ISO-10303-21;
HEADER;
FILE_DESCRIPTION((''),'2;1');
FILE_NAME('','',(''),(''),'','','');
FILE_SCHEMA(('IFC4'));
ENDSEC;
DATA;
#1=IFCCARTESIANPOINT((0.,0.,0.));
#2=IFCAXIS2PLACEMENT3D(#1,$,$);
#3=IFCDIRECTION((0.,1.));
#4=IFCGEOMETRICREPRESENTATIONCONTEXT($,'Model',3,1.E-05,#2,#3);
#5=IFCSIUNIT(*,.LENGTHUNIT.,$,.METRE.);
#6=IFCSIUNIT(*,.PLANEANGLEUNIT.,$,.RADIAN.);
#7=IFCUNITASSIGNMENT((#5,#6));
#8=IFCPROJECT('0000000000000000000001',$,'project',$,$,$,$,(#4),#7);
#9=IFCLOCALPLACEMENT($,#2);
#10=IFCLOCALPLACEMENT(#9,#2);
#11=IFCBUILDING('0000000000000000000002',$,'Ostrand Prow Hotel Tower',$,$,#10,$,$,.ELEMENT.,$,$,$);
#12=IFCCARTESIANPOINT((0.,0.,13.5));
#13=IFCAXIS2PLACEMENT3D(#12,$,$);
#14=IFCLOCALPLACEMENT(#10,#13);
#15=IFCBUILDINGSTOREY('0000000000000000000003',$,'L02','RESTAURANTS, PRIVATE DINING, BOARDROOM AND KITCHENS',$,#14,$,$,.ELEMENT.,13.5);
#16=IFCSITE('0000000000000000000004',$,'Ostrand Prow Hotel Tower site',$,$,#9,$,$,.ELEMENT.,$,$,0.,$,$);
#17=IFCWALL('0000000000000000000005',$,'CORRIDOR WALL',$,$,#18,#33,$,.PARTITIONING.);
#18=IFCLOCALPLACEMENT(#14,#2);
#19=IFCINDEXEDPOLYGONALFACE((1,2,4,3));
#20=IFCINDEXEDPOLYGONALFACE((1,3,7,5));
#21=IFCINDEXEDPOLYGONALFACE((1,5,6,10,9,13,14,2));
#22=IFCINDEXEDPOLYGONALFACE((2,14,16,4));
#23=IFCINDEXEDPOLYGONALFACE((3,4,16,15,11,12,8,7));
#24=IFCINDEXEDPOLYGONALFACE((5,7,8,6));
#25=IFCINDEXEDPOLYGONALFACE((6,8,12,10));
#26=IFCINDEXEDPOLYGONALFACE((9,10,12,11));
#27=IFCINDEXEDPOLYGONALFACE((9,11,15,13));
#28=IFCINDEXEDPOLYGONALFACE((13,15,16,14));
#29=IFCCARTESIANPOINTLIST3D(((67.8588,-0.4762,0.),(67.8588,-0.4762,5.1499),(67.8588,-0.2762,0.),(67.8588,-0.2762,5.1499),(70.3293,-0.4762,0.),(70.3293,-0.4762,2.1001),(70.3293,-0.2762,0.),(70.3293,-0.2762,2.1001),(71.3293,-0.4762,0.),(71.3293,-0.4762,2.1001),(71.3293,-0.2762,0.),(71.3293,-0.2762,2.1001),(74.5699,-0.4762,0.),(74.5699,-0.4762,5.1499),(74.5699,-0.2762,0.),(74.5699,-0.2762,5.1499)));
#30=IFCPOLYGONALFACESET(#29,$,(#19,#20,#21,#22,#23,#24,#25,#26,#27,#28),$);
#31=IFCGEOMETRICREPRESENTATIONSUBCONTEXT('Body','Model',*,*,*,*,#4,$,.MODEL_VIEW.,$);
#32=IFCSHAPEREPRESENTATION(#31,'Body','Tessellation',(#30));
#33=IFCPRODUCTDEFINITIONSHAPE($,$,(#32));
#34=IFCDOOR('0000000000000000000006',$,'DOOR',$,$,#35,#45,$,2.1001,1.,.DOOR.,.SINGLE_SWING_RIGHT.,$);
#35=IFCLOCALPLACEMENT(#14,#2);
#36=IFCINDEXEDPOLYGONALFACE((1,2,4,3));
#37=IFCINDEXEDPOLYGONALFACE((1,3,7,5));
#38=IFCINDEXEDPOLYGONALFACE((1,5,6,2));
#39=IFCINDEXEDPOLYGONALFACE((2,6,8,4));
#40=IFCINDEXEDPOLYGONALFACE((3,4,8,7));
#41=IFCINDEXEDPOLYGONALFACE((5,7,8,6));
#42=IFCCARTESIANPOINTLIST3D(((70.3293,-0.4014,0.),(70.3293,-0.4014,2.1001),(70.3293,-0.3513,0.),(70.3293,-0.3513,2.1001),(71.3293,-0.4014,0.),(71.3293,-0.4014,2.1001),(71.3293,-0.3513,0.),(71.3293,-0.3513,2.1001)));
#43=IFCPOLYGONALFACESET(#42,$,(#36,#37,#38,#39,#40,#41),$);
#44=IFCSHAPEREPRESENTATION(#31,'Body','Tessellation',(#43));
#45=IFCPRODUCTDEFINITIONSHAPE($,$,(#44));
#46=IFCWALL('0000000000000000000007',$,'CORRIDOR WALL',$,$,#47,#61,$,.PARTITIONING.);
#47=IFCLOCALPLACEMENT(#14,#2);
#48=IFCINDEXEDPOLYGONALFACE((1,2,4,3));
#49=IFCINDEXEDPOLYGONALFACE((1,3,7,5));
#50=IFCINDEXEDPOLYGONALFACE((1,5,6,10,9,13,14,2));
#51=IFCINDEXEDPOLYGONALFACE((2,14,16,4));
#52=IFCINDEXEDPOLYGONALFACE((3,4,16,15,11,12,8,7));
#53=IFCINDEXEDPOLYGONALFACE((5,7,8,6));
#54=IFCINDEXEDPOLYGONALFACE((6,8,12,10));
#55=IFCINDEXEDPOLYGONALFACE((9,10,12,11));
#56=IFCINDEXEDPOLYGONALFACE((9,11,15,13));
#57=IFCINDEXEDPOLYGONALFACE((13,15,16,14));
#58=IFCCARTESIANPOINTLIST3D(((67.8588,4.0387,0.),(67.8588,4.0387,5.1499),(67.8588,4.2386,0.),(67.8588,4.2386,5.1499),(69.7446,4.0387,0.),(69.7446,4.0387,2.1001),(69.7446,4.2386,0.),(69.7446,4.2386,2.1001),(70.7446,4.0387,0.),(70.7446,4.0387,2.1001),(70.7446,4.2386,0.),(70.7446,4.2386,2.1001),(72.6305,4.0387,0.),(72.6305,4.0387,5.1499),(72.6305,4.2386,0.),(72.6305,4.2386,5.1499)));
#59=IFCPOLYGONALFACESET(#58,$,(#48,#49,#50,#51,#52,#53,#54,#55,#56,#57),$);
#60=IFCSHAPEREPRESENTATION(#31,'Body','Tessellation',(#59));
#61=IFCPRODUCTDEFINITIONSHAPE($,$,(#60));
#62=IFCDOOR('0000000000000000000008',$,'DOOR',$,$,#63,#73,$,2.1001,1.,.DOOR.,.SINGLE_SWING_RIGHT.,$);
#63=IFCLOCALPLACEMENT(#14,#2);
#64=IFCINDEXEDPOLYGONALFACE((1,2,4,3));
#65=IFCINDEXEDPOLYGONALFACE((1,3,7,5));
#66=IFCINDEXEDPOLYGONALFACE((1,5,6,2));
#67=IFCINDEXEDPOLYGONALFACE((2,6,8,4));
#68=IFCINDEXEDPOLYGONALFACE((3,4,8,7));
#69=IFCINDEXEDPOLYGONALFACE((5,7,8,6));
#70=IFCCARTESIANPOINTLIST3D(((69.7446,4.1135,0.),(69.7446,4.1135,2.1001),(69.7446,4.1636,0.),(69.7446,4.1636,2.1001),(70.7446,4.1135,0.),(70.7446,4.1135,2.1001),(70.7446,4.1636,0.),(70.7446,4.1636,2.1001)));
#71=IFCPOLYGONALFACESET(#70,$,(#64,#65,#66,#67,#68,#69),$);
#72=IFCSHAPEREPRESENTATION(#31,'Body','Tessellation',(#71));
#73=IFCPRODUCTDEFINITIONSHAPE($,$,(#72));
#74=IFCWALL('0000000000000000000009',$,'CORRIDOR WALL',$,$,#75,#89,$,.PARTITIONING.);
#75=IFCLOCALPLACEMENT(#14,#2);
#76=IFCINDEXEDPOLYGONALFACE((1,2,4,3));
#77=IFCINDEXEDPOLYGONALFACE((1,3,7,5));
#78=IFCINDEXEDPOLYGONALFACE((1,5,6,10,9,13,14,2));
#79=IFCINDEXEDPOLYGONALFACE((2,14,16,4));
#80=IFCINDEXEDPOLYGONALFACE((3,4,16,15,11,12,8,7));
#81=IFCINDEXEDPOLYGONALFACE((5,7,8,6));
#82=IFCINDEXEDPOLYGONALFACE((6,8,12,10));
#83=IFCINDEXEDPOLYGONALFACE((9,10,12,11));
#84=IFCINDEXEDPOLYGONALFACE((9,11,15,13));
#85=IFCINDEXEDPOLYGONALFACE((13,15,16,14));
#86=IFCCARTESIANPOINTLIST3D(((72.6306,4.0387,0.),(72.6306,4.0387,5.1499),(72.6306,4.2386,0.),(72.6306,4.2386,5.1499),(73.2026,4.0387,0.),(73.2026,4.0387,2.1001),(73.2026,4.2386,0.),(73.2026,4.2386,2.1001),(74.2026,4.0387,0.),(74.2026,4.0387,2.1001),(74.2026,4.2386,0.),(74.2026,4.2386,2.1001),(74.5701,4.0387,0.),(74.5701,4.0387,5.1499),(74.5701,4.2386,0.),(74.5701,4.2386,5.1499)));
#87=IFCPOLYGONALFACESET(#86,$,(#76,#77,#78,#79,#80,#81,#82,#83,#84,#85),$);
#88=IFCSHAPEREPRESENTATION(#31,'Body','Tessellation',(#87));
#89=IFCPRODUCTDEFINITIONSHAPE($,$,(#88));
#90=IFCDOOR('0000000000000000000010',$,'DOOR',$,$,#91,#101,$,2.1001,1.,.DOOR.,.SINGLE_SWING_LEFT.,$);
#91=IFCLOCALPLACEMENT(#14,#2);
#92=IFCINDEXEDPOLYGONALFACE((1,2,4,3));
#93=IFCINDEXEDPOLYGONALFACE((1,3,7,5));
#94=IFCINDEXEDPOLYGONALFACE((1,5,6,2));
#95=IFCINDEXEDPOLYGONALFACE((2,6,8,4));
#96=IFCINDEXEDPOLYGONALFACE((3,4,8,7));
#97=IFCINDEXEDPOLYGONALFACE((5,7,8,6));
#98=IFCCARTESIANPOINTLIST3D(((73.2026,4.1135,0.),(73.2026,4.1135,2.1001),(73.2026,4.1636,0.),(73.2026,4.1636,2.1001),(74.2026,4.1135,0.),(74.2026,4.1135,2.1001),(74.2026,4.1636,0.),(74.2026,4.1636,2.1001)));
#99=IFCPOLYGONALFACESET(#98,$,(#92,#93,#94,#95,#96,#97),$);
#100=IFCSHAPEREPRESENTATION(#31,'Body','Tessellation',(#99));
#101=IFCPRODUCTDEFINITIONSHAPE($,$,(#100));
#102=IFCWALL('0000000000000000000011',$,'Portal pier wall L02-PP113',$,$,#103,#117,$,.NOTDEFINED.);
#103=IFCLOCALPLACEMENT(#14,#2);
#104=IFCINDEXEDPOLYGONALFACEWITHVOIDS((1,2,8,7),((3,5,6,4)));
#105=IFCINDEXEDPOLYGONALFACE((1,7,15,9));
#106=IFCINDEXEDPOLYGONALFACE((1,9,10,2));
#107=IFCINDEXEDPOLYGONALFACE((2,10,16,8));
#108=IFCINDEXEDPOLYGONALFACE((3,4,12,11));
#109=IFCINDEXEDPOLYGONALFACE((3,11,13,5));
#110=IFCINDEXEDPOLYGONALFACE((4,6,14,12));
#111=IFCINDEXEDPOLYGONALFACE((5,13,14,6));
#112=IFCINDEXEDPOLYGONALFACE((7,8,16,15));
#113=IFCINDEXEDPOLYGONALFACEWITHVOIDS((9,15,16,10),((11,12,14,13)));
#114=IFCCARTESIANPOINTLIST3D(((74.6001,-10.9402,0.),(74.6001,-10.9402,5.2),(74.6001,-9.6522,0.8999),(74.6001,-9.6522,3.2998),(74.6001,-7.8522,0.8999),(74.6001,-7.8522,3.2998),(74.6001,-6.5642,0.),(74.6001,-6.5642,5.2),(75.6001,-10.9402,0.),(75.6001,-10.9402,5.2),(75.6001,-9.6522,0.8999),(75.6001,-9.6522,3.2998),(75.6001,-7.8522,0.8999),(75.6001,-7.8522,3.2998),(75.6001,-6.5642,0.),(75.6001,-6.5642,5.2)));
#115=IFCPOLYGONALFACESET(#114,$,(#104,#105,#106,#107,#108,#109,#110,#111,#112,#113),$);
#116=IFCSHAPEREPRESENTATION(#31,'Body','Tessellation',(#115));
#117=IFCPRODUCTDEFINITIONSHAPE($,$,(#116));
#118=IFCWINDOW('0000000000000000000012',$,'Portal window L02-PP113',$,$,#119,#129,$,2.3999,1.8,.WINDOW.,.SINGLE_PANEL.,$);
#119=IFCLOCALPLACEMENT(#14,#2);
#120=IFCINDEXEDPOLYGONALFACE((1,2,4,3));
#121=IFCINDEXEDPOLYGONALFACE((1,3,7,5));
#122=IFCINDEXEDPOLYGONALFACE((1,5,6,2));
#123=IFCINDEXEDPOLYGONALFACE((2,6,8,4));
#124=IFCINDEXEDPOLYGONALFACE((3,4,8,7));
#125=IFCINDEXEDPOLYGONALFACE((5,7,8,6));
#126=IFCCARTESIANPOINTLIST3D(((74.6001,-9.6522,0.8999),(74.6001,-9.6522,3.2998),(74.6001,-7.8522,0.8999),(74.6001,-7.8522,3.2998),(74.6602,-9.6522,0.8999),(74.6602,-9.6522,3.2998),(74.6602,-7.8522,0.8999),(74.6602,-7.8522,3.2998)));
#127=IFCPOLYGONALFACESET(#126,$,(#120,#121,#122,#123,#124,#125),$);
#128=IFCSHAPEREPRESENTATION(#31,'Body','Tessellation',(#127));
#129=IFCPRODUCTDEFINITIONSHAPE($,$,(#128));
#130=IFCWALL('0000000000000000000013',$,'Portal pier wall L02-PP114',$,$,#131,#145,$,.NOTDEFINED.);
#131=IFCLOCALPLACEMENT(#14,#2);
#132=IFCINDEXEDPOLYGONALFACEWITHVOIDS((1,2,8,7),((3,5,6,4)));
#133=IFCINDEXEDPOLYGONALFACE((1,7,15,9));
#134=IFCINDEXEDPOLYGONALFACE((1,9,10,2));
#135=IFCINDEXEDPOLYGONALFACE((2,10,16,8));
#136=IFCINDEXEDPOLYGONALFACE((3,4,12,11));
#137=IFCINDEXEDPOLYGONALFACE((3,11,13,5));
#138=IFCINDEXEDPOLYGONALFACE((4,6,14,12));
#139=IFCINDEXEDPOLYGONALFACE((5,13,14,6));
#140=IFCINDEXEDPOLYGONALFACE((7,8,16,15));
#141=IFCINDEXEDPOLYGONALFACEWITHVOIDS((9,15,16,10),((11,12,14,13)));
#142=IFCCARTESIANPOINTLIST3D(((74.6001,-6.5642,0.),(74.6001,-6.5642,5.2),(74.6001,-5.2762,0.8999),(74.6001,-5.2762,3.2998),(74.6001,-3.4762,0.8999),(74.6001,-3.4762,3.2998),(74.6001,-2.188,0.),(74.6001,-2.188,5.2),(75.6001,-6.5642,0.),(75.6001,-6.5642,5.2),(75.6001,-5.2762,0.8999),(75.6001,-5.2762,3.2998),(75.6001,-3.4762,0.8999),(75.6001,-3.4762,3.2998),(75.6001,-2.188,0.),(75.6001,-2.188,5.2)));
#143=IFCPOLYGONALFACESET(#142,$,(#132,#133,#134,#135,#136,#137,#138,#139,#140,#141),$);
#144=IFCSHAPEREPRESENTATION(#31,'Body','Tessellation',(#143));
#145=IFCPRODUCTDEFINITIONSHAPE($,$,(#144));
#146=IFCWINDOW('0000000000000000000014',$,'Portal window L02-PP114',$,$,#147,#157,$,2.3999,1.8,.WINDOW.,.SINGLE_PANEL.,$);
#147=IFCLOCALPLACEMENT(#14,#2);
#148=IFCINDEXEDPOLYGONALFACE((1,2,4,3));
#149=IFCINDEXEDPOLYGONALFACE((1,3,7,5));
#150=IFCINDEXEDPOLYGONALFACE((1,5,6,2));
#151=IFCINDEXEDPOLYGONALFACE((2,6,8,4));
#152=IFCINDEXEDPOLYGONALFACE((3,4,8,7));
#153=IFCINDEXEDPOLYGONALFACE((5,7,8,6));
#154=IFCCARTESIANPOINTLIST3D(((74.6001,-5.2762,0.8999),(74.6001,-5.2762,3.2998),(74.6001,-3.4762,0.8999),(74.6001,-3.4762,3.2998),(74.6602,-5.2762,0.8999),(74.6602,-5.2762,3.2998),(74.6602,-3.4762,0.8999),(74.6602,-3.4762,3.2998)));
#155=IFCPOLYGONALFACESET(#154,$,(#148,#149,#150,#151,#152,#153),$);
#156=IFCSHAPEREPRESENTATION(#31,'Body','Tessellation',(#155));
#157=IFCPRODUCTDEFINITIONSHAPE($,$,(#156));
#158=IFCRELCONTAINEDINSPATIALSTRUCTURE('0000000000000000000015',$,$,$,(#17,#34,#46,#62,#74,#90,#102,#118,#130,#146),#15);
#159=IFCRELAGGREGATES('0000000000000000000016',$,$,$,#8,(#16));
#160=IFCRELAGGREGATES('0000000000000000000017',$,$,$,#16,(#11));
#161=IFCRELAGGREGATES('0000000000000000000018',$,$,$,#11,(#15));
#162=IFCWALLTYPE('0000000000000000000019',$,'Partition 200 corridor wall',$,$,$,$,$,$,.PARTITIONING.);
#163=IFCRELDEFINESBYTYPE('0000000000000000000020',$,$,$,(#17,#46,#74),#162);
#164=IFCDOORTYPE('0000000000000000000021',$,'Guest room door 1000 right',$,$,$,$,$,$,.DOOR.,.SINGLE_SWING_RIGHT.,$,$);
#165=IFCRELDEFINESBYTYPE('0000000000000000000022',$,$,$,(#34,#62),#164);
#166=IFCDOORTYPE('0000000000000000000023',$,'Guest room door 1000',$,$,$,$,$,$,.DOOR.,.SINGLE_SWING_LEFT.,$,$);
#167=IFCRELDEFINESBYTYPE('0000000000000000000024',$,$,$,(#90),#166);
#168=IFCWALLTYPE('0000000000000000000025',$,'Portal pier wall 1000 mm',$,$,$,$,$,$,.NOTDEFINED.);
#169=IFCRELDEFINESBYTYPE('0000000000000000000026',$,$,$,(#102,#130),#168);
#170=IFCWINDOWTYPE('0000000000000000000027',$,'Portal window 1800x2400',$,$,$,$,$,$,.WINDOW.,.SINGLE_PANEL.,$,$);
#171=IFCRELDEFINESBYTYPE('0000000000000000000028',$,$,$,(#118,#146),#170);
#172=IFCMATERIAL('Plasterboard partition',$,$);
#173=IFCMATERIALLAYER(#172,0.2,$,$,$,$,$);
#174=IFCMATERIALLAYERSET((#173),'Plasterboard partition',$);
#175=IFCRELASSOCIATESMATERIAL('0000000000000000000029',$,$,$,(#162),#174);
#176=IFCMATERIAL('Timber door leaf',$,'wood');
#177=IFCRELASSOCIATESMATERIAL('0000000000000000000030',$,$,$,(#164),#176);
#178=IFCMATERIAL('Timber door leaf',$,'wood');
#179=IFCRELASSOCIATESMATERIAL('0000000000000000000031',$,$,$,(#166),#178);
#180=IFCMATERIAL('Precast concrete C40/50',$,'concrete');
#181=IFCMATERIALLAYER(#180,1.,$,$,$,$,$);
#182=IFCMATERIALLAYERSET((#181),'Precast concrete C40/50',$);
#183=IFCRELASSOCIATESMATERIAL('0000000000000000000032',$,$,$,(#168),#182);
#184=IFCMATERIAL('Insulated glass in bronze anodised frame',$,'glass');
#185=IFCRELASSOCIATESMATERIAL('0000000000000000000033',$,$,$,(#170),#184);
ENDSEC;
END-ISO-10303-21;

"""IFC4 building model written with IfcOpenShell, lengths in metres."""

from ifc_helpers import new_model, si_unit, direction, frame, frame_2d, origin, place, context, subcontext, project, spatial, polyline, rectangle, outline, extrude, material, layer, layer_set, type_object, element, fill, save


model = new_model("IFC4")

# Units and contexts
model_context = context("Model", 3, precision=1e-05, world=origin(), true_north=direction((0.0, 1.0)))
body_context = subcontext(model_context, "Body", "Model", "MODEL_VIEW")
ifc_project = project(units=[si_unit("LENGTHUNIT", "METRE"), si_unit("PLANEANGLEUNIT", "RADIAN")], contexts=[model_context])

# Site, building, storey
site_placement = place(None, origin())
site = spatial("IfcSite", under=ifc_project, at=site_placement, Name="Ostrand Prow Hotel Tower site", CompositionType="ELEMENT", RefElevation=0.0)
building_placement = place(site_placement, origin())
building = spatial("IfcBuilding", under=site, at=building_placement, Name="Ostrand Prow Hotel Tower", CompositionType="ELEMENT")
storey_placement = place(building_placement, frame((0.0, 0.0, 13.5)))
storey = spatial("IfcBuildingStorey", under=building, at=storey_placement, Name="L02", Description="RESTAURANTS, PRIVATE DINING, BOARDROOM AND KITCHENS", CompositionType="ELEMENT", Elevation=13.5)

# Walls, openings, doors
ifc_material_1 = material(Name="Plasterboard partition")
ifc_layer_1 = layer(ifc_material_1, 0.2)
ifc_layer_set_1 = layer_set([ifc_layer_1], Name="Plasterboard partition")
wall_type_1 = type_object("IfcWallType", Name="Partition 200 corridor wall", PredefinedType="PARTITIONING", material=ifc_layer_set_1)
wall_1_placement = place(storey_placement, frame((67.8589, -0.3762, 0.0), z_axis=(0.0, 0.0, 1.0), x_axis=(1.0, 0.0, 0.0)))
wall_1 = element("IfcWall", 1, at=wall_1_placement, inside=storey, type_object=wall_type_1, Name="CORRIDOR WALL", PredefinedType="PARTITIONING", context=body_context, shape_type="SweptSolid", body=[
    extrude(rectangle(XDim=6.7112, YDim=0.2, at=frame_2d((3.3555, 0.0))), origin(), (0.0, 0.0, 1.0), 5.1499),
])
opening_1_placement = place(wall_1_placement, frame((2.4705, 0.0, 0.0)))
opening_1 = element("IfcOpeningElement", 2, at=opening_1_placement, cuts=wall_1, PredefinedType="OPENING", context=body_context, shape_type="SweptSolid", body=[
    extrude(rectangle(XDim=1.0, YDim=2.1001, at=frame_2d((0.5, 1.05))), frame((0.0, 0.1099, 0.0), z_axis=(0.0, -1.0, 0.0), x_axis=(1.0, 0.0, 0.0)), (0.0, 0.0, 1.0), 0.22),
])
ifc_material_2 = material(Name="Timber door leaf", Category="wood")
door_type_1 = type_object("IfcDoorType", Name="Guest room door 1000 right", OperationType="SINGLE_SWING_RIGHT", PredefinedType="DOOR", material=ifc_material_2)
door_1_placement = place(opening_1_placement, origin())
door_1 = element("IfcDoor", 3, at=door_1_placement, inside=storey, type_object=door_type_1, Name="DOOR", OperationType="SINGLE_SWING_RIGHT", OverallHeight=2.1001, OverallWidth=1.0, PredefinedType="DOOR", context=body_context, shape_type="SweptSolid", body=[
    extrude(rectangle(XDim=1.0, YDim=2.1001, at=frame_2d((0.5, 1.05))), frame((0.0, 0.0249, 0.0), z_axis=(0.0, -1.0, 0.0), x_axis=(1.0, 0.0, 0.0)), (0.0, 0.0, 1.0), 0.05),
])
fill(opening_1, door_1)
wall_2_placement = place(storey_placement, frame((67.8589, 4.1387, 0.0), z_axis=(0.0, 0.0, 1.0), x_axis=(1.0, 0.0, 0.0)))
wall_2 = element("IfcWall", 4, at=wall_2_placement, inside=storey, type_object=wall_type_1, Name="CORRIDOR WALL", PredefinedType="PARTITIONING", context=body_context, shape_type="SweptSolid", body=[
    extrude(rectangle(XDim=4.7717, YDim=0.2, at=frame_2d((2.3857, 0.0))), origin(), (0.0, 0.0, 1.0), 5.1499),
])
opening_2_placement = place(wall_2_placement, frame((1.8857, 0.0, 0.0)))
opening_2 = element("IfcOpeningElement", 5, at=opening_2_placement, cuts=wall_2, PredefinedType="OPENING", context=body_context, shape_type="SweptSolid", body=[
    extrude(rectangle(XDim=1.0, YDim=2.1001, at=frame_2d((0.5, 1.05))), frame((0.0, 0.1099, 0.0), z_axis=(0.0, -1.0, 0.0), x_axis=(1.0, 0.0, 0.0)), (0.0, 0.0, 1.0), 0.22),
])
door_2_placement = place(opening_2_placement, origin())
door_2 = element("IfcDoor", 6, at=door_2_placement, inside=storey, type_object=door_type_1, Name="DOOR", OperationType="SINGLE_SWING_RIGHT", OverallHeight=2.1001, OverallWidth=1.0, PredefinedType="DOOR", context=body_context, shape_type="SweptSolid", body=[
    extrude(rectangle(XDim=1.0, YDim=2.1001, at=frame_2d((0.5, 1.05))), frame((0.0, 0.0249, 0.0), z_axis=(0.0, -1.0, 0.0), x_axis=(1.0, 0.0, 0.0)), (0.0, 0.0, 1.0), 0.05),
])
fill(opening_2, door_2)
wall_3_placement = place(storey_placement, frame((72.6306, 4.1387, 0.0), z_axis=(0.0, 0.0, 1.0), x_axis=(1.0, 0.0, 0.0)))
wall_3 = element("IfcWall", 7, at=wall_3_placement, inside=storey, type_object=wall_type_1, Name="CORRIDOR WALL", PredefinedType="PARTITIONING", context=body_context, shape_type="SweptSolid", body=[
    extrude(rectangle(XDim=1.9395, YDim=0.2, at=frame_2d((0.9697, 0.0))), origin(), (0.0, 0.0, 1.0), 5.1499),
])
opening_3_placement = place(wall_3_placement, frame((0.572, 0.0, 0.0)))
opening_3 = element("IfcOpeningElement", 8, at=opening_3_placement, cuts=wall_3, PredefinedType="OPENING", context=body_context, shape_type="SweptSolid", body=[
    extrude(rectangle(XDim=1.0, YDim=2.1001, at=frame_2d((0.5, 1.05))), frame((0.0, 0.1099, 0.0), z_axis=(0.0, -1.0, 0.0), x_axis=(1.0, 0.0, 0.0)), (0.0, 0.0, 1.0), 0.22),
])
ifc_material_3 = material(Name="Timber door leaf", Category="wood")
door_type_2 = type_object("IfcDoorType", Name="Guest room door 1000", OperationType="SINGLE_SWING_LEFT", PredefinedType="DOOR", material=ifc_material_3)
door_3_placement = place(opening_3_placement, origin())
door_3 = element("IfcDoor", 9, at=door_3_placement, inside=storey, type_object=door_type_2, Name="DOOR", OperationType="SINGLE_SWING_LEFT", OverallHeight=2.1001, OverallWidth=1.0, PredefinedType="DOOR", context=body_context, shape_type="SweptSolid", body=[
    extrude(rectangle(XDim=1.0, YDim=2.1001, at=frame_2d((0.5, 1.05))), frame((0.0, 0.0249, 0.0), z_axis=(0.0, -1.0, 0.0), x_axis=(1.0, 0.0, 0.0)), (0.0, 0.0, 1.0), 0.05),
])
fill(opening_3, door_3)

# Walls, openings, windows
ifc_material_4 = material(Name="Precast concrete C40/50", Category="concrete")
ifc_layer_2 = layer(ifc_material_4, 1.0)
ifc_layer_set_2 = layer_set([ifc_layer_2], Name="Precast concrete C40/50")
wall_type_2 = type_object("IfcWallType", Name="Portal pier wall 1000 mm", PredefinedType="NOTDEFINED", material=ifc_layer_set_2)
wall_4_placement = place(storey_placement, frame((75.1001, -10.9402, 0.0), z_axis=(0.0, 0.0, 1.0), x_axis=(0.0, 1.0, 0.0)))
wall_4 = element("IfcWall", 10, at=wall_4_placement, inside=storey, type_object=wall_type_2, Name="Portal pier wall L02-PP113", PredefinedType="NOTDEFINED", context=body_context, shape_type="SweptSolid", body=[
    extrude(outline(polyline([(0.0, -0.5), (4.376, -0.5), (4.376, 0.5), (0.0, 0.5), (0.0, -0.5)])), origin(), (0.0, 0.0, 1.0), 5.2),
])
opening_4_placement = place(wall_4_placement, frame((1.2881, 0.0, 0.8999)))
opening_4 = element("IfcOpeningElement", 11, at=opening_4_placement, cuts=wall_4, PredefinedType="OPENING", context=body_context, shape_type="SweptSolid", body=[
    extrude(rectangle(XDim=1.8, YDim=2.3999, at=frame_2d((0.8999, 1.2))), frame((0.0, 0.51, 0.0), z_axis=(0.0, -1.0, 0.0), x_axis=(1.0, 0.0, 0.0)), (0.0, 0.0, 1.0), 1.02),
])
ifc_material_5 = material(Name="Insulated glass in bronze anodised frame", Category="glass")
window_type = type_object("IfcWindowType", Name="Portal window 1800x2400", PartitioningType="SINGLE_PANEL", PredefinedType="WINDOW", material=ifc_material_5)
window_1_placement = place(opening_4_placement, origin())
window_1 = element("IfcWindow", 12, at=window_1_placement, inside=storey, type_object=window_type, Name="Portal window L02-PP113", OverallHeight=2.3999, OverallWidth=1.8, PartitioningType="SINGLE_PANEL", PredefinedType="WINDOW", context=body_context, shape_type="SweptSolid", body=[
    extrude(rectangle(XDim=1.8, YDim=2.3999, at=frame_2d((0.8999, 1.2))), frame((0.0, 0.5, 0.0), z_axis=(0.0, -1.0, 0.0), x_axis=(1.0, 0.0, 0.0)), (0.0, 0.0, 1.0), 0.0601),
])
fill(opening_4, window_1)
wall_5_placement = place(storey_placement, frame((75.1001, -6.5642, 0.0), z_axis=(0.0, 0.0, 1.0), x_axis=(0.0, 1.0, 0.0)))
wall_5 = element("IfcWall", 13, at=wall_5_placement, inside=storey, type_object=wall_type_2, Name="Portal pier wall L02-PP114", PredefinedType="NOTDEFINED", context=body_context, shape_type="SweptSolid", body=[
    extrude(outline(polyline([(0.0, -0.5), (4.3762, -0.5), (4.3762, 0.5), (0.0, 0.5), (0.0, -0.5)])), origin(), (0.0, 0.0, 1.0), 5.2),
])
opening_5_placement = place(wall_5_placement, frame((1.2881, 0.0, 0.8999)))
opening_5 = element("IfcOpeningElement", 14, at=opening_5_placement, cuts=wall_5, PredefinedType="OPENING", context=body_context, shape_type="SweptSolid", body=[
    extrude(rectangle(XDim=1.8, YDim=2.3999, at=frame_2d((0.8999, 1.2))), frame((0.0, 0.51, 0.0), z_axis=(0.0, -1.0, 0.0), x_axis=(1.0, 0.0, 0.0)), (0.0, 0.0, 1.0), 1.02),
])
window_2_placement = place(opening_5_placement, origin())
window_2 = element("IfcWindow", 15, at=window_2_placement, inside=storey, type_object=window_type, Name="Portal window L02-PP114", OverallHeight=2.3999, OverallWidth=1.8, PartitioningType="SINGLE_PANEL", PredefinedType="WINDOW", context=body_context, shape_type="SweptSolid", body=[
    extrude(rectangle(XDim=1.8, YDim=2.3999, at=frame_2d((0.8999, 1.2))), frame((0.0, 0.5, 0.0), z_axis=(0.0, -1.0, 0.0), x_axis=(1.0, 0.0, 0.0)), (0.0, 0.0, 1.0), 0.0601),
])
fill(opening_5, window_2)

save(model, "model.ifc")
